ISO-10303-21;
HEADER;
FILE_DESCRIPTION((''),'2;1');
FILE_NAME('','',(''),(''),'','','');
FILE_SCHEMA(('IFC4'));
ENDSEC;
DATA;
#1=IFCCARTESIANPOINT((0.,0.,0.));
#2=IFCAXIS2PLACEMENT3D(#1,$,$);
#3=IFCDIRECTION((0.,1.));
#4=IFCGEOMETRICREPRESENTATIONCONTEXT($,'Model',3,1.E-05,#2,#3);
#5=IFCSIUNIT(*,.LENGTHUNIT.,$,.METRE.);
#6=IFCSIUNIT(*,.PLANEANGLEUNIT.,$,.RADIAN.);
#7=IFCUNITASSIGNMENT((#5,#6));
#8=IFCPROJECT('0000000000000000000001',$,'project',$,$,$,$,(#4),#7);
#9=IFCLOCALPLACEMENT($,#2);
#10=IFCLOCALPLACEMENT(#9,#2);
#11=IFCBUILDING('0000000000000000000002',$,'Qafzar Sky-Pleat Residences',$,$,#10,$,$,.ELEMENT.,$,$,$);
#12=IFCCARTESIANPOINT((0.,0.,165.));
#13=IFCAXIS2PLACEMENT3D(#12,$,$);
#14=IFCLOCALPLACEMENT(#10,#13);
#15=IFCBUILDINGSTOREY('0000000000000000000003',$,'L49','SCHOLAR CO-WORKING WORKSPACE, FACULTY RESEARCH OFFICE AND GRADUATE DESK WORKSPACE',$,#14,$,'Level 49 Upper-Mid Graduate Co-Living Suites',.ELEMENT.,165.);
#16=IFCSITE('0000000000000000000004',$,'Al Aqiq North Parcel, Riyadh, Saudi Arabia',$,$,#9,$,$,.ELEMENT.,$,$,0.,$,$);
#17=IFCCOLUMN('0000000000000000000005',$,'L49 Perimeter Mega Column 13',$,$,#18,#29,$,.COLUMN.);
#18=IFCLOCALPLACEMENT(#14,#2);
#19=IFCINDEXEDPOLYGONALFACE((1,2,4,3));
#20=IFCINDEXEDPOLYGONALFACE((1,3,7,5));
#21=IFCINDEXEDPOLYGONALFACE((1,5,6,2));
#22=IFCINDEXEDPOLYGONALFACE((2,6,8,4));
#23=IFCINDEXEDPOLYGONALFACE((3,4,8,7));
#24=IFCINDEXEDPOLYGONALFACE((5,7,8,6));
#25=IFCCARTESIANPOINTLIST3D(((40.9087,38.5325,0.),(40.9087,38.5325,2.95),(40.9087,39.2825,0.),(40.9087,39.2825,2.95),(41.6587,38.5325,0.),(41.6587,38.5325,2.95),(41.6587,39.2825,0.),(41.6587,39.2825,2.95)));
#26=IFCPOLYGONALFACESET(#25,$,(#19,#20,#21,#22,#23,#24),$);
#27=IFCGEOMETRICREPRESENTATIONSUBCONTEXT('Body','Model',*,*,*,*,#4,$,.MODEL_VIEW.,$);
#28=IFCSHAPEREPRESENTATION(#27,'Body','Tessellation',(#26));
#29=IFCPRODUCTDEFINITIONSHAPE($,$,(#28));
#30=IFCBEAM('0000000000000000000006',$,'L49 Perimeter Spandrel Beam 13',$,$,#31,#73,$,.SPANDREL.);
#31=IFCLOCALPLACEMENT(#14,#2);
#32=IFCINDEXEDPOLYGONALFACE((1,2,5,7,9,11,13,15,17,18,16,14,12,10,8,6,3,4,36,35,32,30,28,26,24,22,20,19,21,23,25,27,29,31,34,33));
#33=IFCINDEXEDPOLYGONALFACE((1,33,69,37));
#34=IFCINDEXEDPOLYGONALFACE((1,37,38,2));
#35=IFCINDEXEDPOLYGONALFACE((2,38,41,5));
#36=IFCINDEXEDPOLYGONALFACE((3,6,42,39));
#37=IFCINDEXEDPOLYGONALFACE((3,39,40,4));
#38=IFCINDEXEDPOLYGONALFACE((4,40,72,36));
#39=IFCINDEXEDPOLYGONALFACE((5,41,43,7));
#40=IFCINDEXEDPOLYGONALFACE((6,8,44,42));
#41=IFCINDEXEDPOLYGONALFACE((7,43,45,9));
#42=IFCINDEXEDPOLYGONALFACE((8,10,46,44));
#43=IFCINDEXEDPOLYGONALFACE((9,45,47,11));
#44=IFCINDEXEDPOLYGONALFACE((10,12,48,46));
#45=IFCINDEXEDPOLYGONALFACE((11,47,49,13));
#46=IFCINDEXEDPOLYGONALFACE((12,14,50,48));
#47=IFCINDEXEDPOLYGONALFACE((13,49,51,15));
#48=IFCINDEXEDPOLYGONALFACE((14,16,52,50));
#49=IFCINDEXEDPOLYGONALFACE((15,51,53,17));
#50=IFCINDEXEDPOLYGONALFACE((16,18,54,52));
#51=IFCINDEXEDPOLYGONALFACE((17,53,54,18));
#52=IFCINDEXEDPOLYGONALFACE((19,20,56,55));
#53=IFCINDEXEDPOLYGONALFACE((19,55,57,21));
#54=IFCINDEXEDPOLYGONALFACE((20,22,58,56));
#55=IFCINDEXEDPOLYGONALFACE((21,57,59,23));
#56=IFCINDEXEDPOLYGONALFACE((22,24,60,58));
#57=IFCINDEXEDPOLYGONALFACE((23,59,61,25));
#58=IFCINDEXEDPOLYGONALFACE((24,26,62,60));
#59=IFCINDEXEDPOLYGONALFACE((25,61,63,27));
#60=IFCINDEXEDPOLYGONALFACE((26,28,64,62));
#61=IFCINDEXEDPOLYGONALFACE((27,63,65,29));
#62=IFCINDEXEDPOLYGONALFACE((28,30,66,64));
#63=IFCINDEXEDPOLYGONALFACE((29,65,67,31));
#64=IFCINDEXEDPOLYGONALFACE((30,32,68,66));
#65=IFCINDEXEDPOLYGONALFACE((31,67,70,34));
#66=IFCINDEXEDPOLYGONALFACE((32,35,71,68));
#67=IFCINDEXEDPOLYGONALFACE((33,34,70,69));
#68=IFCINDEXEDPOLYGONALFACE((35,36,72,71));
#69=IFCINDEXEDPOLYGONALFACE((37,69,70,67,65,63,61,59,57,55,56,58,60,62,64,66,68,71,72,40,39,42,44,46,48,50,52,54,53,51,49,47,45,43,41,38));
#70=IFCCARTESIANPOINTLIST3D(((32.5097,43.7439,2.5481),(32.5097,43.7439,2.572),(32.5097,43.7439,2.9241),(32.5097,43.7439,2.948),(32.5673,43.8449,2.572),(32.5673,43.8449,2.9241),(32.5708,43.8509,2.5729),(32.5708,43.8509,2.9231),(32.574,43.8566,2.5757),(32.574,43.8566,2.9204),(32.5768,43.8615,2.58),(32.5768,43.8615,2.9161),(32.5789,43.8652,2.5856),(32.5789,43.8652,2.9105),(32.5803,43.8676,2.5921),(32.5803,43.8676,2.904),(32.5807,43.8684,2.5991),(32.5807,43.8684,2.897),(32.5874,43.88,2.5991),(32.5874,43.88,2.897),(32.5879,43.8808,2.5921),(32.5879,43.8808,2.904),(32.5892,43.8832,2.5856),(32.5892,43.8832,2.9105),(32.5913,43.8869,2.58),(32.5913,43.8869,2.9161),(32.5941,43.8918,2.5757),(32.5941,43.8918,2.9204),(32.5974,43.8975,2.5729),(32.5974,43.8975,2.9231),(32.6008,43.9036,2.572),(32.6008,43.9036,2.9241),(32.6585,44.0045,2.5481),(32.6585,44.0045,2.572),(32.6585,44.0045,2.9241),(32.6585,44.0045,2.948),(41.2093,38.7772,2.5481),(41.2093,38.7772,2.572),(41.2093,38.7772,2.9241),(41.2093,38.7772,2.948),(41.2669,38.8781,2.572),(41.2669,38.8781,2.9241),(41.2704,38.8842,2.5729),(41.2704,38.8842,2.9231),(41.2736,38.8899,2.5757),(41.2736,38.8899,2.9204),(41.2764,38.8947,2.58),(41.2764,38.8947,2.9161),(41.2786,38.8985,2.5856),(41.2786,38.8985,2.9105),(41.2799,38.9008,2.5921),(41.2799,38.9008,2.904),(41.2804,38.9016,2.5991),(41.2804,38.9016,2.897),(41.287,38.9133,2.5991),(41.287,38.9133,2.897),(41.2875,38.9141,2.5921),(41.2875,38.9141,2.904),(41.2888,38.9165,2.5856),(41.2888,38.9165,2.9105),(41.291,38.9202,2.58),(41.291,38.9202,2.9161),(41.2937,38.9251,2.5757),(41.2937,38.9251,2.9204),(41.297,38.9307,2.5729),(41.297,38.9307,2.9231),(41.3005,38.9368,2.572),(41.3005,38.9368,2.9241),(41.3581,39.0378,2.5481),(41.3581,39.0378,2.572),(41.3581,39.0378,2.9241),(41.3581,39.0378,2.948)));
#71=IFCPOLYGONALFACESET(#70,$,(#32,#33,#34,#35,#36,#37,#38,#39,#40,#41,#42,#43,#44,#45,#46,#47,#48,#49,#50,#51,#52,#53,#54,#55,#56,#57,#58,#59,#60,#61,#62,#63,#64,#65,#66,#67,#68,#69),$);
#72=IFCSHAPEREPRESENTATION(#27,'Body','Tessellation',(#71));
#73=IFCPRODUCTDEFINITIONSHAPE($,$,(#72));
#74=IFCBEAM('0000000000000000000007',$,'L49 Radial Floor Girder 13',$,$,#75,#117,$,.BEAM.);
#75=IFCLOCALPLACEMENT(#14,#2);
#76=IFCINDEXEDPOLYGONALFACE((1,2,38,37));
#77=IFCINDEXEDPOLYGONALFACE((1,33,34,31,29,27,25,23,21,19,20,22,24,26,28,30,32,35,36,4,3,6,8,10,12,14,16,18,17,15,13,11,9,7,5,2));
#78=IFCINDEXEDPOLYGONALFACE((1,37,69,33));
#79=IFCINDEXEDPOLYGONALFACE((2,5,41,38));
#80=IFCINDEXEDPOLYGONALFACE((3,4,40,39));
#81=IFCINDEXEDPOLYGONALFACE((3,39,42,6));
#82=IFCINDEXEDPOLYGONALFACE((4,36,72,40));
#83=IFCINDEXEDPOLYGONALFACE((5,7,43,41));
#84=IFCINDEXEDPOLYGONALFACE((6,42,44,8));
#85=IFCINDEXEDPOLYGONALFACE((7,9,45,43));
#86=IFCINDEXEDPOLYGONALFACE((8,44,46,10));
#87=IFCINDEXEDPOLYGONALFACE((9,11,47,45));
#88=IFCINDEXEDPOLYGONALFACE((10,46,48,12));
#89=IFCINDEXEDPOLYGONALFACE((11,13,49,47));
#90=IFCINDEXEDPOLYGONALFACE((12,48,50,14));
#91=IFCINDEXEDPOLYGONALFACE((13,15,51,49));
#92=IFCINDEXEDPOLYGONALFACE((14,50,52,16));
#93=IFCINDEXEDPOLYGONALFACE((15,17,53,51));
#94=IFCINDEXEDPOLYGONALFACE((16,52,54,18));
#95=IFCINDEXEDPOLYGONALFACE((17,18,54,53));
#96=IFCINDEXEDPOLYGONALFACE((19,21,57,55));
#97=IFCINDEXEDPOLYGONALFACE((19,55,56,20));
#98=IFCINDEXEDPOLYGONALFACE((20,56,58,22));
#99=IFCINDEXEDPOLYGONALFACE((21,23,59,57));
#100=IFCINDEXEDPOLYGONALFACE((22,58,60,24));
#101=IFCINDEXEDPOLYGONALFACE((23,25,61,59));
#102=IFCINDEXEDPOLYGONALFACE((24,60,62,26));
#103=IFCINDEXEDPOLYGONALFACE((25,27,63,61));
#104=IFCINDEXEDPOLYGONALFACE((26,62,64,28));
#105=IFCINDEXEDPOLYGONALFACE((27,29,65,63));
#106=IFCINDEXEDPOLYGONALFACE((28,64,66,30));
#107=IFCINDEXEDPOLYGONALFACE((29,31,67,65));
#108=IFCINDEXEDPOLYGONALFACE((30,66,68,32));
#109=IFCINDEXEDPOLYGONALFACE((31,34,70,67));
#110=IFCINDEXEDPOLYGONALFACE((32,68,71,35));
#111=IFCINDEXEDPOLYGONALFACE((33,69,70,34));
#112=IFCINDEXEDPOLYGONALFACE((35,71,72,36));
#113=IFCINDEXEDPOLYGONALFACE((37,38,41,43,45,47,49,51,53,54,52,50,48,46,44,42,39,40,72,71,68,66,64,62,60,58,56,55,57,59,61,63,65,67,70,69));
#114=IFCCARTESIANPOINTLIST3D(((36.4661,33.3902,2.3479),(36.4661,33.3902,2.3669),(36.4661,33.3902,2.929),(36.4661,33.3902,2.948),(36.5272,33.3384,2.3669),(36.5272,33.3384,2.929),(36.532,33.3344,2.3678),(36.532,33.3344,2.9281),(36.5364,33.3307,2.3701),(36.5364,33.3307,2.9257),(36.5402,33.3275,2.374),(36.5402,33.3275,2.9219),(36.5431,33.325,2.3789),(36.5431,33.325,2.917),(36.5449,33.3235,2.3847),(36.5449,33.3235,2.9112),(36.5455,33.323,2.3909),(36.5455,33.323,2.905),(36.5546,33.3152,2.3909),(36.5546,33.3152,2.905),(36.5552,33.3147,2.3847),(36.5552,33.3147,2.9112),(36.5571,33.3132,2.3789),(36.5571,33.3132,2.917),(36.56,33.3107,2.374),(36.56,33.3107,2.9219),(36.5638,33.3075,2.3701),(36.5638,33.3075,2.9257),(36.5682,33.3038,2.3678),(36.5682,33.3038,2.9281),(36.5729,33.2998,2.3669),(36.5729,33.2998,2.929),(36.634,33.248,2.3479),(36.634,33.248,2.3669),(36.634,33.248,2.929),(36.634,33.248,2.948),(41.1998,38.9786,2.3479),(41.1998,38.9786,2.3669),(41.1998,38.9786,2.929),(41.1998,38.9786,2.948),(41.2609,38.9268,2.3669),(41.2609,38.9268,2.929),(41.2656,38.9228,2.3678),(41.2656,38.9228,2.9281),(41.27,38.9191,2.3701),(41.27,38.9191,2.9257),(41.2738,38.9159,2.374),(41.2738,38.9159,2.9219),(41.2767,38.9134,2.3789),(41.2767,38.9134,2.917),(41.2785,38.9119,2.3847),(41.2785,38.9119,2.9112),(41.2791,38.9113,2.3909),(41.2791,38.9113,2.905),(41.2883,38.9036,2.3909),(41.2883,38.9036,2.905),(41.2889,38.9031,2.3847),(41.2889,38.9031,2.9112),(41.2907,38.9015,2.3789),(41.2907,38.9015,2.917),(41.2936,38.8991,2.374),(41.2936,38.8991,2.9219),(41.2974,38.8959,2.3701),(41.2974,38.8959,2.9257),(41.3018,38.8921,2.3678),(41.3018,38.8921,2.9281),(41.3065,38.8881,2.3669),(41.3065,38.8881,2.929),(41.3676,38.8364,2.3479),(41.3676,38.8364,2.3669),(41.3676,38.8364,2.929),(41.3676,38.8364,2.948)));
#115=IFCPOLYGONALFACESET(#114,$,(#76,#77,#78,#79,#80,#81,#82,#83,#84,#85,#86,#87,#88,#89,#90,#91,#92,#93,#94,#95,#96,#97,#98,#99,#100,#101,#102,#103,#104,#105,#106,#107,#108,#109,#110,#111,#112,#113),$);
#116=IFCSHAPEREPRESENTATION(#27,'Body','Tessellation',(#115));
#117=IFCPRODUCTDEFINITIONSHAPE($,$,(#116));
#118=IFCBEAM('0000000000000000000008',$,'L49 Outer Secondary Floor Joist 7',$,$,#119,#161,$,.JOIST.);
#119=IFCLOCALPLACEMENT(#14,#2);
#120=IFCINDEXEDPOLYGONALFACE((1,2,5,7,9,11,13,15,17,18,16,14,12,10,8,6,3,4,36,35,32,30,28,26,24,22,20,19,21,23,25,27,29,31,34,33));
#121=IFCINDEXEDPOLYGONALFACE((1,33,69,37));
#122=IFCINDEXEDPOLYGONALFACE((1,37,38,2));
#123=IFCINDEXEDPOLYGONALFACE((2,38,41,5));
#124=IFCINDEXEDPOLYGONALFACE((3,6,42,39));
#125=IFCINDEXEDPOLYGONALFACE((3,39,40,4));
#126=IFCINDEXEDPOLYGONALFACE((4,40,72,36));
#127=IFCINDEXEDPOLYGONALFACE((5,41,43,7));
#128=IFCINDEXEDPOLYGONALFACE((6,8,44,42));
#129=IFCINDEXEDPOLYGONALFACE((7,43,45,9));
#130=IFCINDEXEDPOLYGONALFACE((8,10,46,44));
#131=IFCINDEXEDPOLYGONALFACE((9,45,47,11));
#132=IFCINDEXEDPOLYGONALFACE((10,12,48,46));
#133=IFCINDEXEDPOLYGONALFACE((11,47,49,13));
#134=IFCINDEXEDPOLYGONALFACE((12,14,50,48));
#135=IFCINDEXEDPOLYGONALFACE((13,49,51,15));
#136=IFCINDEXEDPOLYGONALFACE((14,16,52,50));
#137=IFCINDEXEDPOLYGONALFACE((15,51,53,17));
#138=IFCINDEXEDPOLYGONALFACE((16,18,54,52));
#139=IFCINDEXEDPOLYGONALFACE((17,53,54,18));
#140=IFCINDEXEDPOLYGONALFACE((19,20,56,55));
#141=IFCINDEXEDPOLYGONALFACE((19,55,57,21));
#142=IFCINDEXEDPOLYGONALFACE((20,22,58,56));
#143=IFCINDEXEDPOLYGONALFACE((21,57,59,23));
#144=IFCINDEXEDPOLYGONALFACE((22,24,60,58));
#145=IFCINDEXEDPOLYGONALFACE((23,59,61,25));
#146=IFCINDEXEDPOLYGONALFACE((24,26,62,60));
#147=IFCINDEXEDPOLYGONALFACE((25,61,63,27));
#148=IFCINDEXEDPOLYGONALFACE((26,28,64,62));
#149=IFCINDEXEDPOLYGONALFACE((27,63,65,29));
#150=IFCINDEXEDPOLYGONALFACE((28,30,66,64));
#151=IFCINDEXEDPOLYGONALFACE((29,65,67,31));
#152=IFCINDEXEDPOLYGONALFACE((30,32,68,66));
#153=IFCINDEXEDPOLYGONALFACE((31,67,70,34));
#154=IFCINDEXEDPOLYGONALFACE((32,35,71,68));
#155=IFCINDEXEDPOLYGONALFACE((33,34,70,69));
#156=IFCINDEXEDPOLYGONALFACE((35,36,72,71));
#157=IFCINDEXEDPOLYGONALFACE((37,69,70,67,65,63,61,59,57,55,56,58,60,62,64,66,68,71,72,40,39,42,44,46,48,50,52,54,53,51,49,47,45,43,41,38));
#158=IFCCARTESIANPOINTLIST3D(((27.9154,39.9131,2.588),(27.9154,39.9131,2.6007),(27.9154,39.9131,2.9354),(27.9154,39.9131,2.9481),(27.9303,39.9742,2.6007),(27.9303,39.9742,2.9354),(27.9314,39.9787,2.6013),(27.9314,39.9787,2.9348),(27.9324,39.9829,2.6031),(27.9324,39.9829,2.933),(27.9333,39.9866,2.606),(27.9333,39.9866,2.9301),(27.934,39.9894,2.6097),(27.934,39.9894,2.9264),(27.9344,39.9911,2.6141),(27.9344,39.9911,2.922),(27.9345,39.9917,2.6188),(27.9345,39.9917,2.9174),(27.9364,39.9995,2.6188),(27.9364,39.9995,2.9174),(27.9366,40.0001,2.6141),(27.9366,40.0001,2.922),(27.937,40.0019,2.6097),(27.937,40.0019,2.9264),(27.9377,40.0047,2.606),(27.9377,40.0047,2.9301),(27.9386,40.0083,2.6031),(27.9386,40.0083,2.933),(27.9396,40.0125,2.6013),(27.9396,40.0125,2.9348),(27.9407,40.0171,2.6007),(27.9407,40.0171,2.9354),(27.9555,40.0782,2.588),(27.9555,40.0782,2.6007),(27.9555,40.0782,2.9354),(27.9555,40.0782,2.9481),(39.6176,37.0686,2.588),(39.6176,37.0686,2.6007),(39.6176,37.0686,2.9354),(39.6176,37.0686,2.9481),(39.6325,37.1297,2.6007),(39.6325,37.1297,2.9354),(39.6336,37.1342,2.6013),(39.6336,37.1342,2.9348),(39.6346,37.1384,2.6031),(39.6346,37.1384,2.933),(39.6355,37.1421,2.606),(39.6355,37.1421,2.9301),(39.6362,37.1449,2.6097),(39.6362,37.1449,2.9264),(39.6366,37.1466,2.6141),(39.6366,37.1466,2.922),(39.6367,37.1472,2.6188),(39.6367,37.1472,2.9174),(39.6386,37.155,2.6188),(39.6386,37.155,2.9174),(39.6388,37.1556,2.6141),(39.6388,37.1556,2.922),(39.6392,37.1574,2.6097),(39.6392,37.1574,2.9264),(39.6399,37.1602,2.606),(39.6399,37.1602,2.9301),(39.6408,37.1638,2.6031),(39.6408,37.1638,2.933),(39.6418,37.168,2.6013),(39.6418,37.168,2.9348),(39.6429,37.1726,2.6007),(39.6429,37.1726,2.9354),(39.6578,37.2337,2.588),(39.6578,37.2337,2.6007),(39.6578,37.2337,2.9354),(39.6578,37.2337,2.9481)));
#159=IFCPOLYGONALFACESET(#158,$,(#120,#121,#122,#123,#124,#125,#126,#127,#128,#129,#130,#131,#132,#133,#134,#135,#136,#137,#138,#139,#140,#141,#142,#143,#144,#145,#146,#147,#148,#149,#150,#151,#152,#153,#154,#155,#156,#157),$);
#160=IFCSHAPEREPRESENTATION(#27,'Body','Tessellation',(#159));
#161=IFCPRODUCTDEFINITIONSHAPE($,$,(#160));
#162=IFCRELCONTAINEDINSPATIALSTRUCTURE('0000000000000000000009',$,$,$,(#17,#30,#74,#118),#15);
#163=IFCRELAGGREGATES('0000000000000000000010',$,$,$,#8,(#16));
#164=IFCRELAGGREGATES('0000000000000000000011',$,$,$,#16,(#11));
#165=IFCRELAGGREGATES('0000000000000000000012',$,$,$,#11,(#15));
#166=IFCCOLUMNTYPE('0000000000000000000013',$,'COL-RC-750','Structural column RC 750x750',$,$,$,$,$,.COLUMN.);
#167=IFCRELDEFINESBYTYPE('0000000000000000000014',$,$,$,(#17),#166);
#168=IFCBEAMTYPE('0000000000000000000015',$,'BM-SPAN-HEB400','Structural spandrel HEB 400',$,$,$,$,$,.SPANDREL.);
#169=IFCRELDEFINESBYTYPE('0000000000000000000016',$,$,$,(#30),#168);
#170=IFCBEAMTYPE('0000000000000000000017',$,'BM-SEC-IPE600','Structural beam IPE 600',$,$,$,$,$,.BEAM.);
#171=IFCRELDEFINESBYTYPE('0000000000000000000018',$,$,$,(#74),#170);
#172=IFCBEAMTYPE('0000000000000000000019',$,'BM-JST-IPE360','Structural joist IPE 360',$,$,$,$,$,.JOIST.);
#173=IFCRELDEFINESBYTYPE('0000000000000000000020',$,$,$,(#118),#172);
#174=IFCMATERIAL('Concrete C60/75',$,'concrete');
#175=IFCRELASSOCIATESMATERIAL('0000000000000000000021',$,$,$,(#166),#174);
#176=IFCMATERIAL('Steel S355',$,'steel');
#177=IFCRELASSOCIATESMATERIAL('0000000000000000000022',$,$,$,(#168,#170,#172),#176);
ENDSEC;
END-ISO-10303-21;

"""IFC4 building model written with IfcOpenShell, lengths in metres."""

from ifc_helpers import new_model, si_unit, direction, frame, origin, origin_2d, place, context, subcontext, project, spatial, rectangle, i_section, extrude, source, transform, mapped, material, material_profile, profile_set, type_object, element, save


model = new_model("IFC4")

# Units and contexts
model_context = context("Model", 3, precision=1e-05, world=origin(), true_north=direction((0.0, 1.0)))
body_context = subcontext(model_context, "Body", "Model", "MODEL_VIEW")
ifc_project = project(units=[si_unit("LENGTHUNIT", "METRE"), si_unit("PLANEANGLEUNIT", "RADIAN")], contexts=[model_context])

# Site, building, storey
site_placement = place(None, origin())
site = spatial("IfcSite", under=ifc_project, at=site_placement, Name="Al Aqiq North Parcel, Riyadh, Saudi Arabia", CompositionType="ELEMENT", RefElevation=0.0)
building_placement = place(site_placement, origin())
building = spatial("IfcBuilding", under=site, at=building_placement, Name="Qafzar Sky-Pleat Residences", CompositionType="ELEMENT")
storey_placement = place(building_placement, frame((0.0, 0.0, 165.0)))
storey = spatial("IfcBuildingStorey", under=building, at=storey_placement, Name="L49", Description="SCHOLAR CO-WORKING WORKSPACE, FACULTY RESEARCH OFFICE AND GRADUATE DESK WORKSPACE", LongName="Level 49 Upper-Mid Graduate Co-Living Suites", CompositionType="ELEMENT", Elevation=165.0)

# Column
ifc_material_1 = material(Name="Concrete C60/75", Category="concrete")
ifc_material_profile_1 = material_profile(ifc_material_1, rectangle(XDim=0.75, YDim=0.75, at=origin_2d()), Name="RC 750x750")
ifc_profile_set_1 = profile_set([ifc_material_profile_1], Name="Concrete C60/75")
column_type = type_object("IfcColumnType", Name="COL-RC-750", Description="Structural column RC 750x750", PredefinedType="COLUMN", material=ifc_profile_set_1)
shared_shape_1 = source(origin(), body_context, "Body", "SweptSolid", [
    extrude(rectangle(XDim=0.75, YDim=0.75, at=origin_2d()), origin(), (0.0, 0.0, 1.0), 2.95),
])
column_placement = place(storey_placement, frame((41.2837, 38.9075, 0.0), z_axis=(0.0, 0.0, 1.0), x_axis=(1.0, 0.0, 0.0)))
element("IfcColumn", 1, at=column_placement, inside=storey, type_object=column_type, Name="L49 Perimeter Mega Column 13", PredefinedType="COLUMN", context=body_context, shape_type="MappedRepresentation", body=[
    mapped(shared_shape_1, transform((0.0, 0.0, 0.0), x_axis=(1.0, 0.0, 0.0), y_axis=(0.0, 1.0, 0.0), z_axis=(0.0, 0.0, 1.0), scale=1.0)),
])

# Beams
ifc_material_2 = material(Name="Steel S355", Category="steel")
ifc_material_profile_2 = material_profile(ifc_material_2, i_section(OverallWidth=0.3, OverallDepth=0.3999, WebThickness=0.0134, FlangeThickness=0.0239, FilletRadius=0.0271, at=origin_2d()), Name="HEB 400")
ifc_profile_set_2 = profile_set([ifc_material_profile_2], Name="Steel S355")
beam_type_1 = type_object("IfcBeamType", Name="BM-SPAN-HEB400", Description="Structural spandrel HEB 400", PredefinedType="SPANDREL", material=ifc_profile_set_2)
shared_shape_2 = source(origin(), body_context, "Body", "SweptSolid", [
    extrude(i_section(OverallWidth=0.3, OverallDepth=0.3999, WebThickness=0.0134, FlangeThickness=0.0239, FilletRadius=0.0271, at=origin_2d()), origin(), (0.0, 0.0, 1.0), 10.0176),
])
beam_1_placement = place(storey_placement, frame((41.2837, 38.9075, 2.748), z_axis=(-0.868435, 0.495803, 0.0), x_axis=(-0.495803, -0.868435, 0.0)))
element("IfcBeam", 2, at=beam_1_placement, inside=storey, type_object=beam_type_1, Name="L49 Perimeter Spandrel Beam 13", PredefinedType="SPANDREL", context=body_context, shape_type="MappedRepresentation", body=[
    mapped(shared_shape_2, transform((0.0, 0.0, 0.0), x_axis=(1.0, 0.0, 0.0), y_axis=(0.0, 1.0, 0.0), z_axis=(0.0, 0.0, 1.0), scale=1.0)),
])
ifc_material_profile_3 = material_profile(ifc_material_2, i_section(OverallWidth=0.22, OverallDepth=0.6001, WebThickness=0.012, FlangeThickness=0.019, FilletRadius=0.0239, at=origin_2d()), Name="IPE 600")
ifc_profile_set_3 = profile_set([ifc_material_profile_3], Name="Steel S355")
beam_type_2 = type_object("IfcBeamType", Name="BM-SEC-IPE600", Description="Structural beam IPE 600", PredefinedType="BEAM", material=ifc_profile_set_3)
shared_shape_3 = source(origin(), body_context, "Body", "SweptSolid", [
    extrude(i_section(OverallWidth=0.22, OverallDepth=0.6001, WebThickness=0.012, FlangeThickness=0.019, FilletRadius=0.0239, at=origin_2d()), origin(), (0.0, 0.0, 1.0), 7.3237),
])
beam_2_placement = place(storey_placement, frame((41.2837, 38.9075, 2.6479), z_axis=(-0.646341, -0.763049, 0.0), x_axis=(0.763049, -0.646341, 0.0)))
element("IfcBeam", 3, at=beam_2_placement, inside=storey, type_object=beam_type_2, Name="L49 Radial Floor Girder 13", PredefinedType="BEAM", context=body_context, shape_type="MappedRepresentation", body=[
    mapped(shared_shape_3, transform((0.0, 0.0, 0.0), x_axis=(1.0, 0.0, 0.0), y_axis=(0.0, 1.0, 0.0), z_axis=(0.0, 0.0, 1.0), scale=1.0)),
])
ifc_material_profile_4 = material_profile(ifc_material_2, i_section(OverallWidth=0.1699, OverallDepth=0.3601, WebThickness=0.0081, FlangeThickness=0.0127, FilletRadius=0.0181, at=origin_2d()), Name="IPE 360")
ifc_profile_set_4 = profile_set([ifc_material_profile_4], Name="Steel S355")
beam_type_3 = type_object("IfcBeamType", Name="BM-JST-IPE360", Description="Structural joist IPE 360", PredefinedType="JOIST", material=ifc_profile_set_4)
shared_shape_4 = source(origin(), body_context, "Body", "SweptSolid", [
    extrude(i_section(OverallWidth=0.1699, OverallDepth=0.3601, WebThickness=0.0081, FlangeThickness=0.0127, FilletRadius=0.0181, at=origin_2d()), origin(), (0.0, 0.0, 1.0), 12.043),
])
beam_3_placement = place(storey_placement, frame((39.6377, 37.1511, 2.7681), z_axis=(-0.971705, 0.236196, 0.0), x_axis=(-0.236196, -0.971705, 0.0)))
element("IfcBeam", 4, at=beam_3_placement, inside=storey, type_object=beam_type_3, Name="L49 Outer Secondary Floor Joist 7", PredefinedType="JOIST", context=body_context, shape_type="MappedRepresentation", body=[
    mapped(shared_shape_4, transform((0.0, 0.0, 0.0), x_axis=(1.0, 0.0, 0.0), y_axis=(0.0, 1.0, 0.0), z_axis=(0.0, 0.0, 1.0), scale=1.0)),
])

save(model, "model.ifc")
